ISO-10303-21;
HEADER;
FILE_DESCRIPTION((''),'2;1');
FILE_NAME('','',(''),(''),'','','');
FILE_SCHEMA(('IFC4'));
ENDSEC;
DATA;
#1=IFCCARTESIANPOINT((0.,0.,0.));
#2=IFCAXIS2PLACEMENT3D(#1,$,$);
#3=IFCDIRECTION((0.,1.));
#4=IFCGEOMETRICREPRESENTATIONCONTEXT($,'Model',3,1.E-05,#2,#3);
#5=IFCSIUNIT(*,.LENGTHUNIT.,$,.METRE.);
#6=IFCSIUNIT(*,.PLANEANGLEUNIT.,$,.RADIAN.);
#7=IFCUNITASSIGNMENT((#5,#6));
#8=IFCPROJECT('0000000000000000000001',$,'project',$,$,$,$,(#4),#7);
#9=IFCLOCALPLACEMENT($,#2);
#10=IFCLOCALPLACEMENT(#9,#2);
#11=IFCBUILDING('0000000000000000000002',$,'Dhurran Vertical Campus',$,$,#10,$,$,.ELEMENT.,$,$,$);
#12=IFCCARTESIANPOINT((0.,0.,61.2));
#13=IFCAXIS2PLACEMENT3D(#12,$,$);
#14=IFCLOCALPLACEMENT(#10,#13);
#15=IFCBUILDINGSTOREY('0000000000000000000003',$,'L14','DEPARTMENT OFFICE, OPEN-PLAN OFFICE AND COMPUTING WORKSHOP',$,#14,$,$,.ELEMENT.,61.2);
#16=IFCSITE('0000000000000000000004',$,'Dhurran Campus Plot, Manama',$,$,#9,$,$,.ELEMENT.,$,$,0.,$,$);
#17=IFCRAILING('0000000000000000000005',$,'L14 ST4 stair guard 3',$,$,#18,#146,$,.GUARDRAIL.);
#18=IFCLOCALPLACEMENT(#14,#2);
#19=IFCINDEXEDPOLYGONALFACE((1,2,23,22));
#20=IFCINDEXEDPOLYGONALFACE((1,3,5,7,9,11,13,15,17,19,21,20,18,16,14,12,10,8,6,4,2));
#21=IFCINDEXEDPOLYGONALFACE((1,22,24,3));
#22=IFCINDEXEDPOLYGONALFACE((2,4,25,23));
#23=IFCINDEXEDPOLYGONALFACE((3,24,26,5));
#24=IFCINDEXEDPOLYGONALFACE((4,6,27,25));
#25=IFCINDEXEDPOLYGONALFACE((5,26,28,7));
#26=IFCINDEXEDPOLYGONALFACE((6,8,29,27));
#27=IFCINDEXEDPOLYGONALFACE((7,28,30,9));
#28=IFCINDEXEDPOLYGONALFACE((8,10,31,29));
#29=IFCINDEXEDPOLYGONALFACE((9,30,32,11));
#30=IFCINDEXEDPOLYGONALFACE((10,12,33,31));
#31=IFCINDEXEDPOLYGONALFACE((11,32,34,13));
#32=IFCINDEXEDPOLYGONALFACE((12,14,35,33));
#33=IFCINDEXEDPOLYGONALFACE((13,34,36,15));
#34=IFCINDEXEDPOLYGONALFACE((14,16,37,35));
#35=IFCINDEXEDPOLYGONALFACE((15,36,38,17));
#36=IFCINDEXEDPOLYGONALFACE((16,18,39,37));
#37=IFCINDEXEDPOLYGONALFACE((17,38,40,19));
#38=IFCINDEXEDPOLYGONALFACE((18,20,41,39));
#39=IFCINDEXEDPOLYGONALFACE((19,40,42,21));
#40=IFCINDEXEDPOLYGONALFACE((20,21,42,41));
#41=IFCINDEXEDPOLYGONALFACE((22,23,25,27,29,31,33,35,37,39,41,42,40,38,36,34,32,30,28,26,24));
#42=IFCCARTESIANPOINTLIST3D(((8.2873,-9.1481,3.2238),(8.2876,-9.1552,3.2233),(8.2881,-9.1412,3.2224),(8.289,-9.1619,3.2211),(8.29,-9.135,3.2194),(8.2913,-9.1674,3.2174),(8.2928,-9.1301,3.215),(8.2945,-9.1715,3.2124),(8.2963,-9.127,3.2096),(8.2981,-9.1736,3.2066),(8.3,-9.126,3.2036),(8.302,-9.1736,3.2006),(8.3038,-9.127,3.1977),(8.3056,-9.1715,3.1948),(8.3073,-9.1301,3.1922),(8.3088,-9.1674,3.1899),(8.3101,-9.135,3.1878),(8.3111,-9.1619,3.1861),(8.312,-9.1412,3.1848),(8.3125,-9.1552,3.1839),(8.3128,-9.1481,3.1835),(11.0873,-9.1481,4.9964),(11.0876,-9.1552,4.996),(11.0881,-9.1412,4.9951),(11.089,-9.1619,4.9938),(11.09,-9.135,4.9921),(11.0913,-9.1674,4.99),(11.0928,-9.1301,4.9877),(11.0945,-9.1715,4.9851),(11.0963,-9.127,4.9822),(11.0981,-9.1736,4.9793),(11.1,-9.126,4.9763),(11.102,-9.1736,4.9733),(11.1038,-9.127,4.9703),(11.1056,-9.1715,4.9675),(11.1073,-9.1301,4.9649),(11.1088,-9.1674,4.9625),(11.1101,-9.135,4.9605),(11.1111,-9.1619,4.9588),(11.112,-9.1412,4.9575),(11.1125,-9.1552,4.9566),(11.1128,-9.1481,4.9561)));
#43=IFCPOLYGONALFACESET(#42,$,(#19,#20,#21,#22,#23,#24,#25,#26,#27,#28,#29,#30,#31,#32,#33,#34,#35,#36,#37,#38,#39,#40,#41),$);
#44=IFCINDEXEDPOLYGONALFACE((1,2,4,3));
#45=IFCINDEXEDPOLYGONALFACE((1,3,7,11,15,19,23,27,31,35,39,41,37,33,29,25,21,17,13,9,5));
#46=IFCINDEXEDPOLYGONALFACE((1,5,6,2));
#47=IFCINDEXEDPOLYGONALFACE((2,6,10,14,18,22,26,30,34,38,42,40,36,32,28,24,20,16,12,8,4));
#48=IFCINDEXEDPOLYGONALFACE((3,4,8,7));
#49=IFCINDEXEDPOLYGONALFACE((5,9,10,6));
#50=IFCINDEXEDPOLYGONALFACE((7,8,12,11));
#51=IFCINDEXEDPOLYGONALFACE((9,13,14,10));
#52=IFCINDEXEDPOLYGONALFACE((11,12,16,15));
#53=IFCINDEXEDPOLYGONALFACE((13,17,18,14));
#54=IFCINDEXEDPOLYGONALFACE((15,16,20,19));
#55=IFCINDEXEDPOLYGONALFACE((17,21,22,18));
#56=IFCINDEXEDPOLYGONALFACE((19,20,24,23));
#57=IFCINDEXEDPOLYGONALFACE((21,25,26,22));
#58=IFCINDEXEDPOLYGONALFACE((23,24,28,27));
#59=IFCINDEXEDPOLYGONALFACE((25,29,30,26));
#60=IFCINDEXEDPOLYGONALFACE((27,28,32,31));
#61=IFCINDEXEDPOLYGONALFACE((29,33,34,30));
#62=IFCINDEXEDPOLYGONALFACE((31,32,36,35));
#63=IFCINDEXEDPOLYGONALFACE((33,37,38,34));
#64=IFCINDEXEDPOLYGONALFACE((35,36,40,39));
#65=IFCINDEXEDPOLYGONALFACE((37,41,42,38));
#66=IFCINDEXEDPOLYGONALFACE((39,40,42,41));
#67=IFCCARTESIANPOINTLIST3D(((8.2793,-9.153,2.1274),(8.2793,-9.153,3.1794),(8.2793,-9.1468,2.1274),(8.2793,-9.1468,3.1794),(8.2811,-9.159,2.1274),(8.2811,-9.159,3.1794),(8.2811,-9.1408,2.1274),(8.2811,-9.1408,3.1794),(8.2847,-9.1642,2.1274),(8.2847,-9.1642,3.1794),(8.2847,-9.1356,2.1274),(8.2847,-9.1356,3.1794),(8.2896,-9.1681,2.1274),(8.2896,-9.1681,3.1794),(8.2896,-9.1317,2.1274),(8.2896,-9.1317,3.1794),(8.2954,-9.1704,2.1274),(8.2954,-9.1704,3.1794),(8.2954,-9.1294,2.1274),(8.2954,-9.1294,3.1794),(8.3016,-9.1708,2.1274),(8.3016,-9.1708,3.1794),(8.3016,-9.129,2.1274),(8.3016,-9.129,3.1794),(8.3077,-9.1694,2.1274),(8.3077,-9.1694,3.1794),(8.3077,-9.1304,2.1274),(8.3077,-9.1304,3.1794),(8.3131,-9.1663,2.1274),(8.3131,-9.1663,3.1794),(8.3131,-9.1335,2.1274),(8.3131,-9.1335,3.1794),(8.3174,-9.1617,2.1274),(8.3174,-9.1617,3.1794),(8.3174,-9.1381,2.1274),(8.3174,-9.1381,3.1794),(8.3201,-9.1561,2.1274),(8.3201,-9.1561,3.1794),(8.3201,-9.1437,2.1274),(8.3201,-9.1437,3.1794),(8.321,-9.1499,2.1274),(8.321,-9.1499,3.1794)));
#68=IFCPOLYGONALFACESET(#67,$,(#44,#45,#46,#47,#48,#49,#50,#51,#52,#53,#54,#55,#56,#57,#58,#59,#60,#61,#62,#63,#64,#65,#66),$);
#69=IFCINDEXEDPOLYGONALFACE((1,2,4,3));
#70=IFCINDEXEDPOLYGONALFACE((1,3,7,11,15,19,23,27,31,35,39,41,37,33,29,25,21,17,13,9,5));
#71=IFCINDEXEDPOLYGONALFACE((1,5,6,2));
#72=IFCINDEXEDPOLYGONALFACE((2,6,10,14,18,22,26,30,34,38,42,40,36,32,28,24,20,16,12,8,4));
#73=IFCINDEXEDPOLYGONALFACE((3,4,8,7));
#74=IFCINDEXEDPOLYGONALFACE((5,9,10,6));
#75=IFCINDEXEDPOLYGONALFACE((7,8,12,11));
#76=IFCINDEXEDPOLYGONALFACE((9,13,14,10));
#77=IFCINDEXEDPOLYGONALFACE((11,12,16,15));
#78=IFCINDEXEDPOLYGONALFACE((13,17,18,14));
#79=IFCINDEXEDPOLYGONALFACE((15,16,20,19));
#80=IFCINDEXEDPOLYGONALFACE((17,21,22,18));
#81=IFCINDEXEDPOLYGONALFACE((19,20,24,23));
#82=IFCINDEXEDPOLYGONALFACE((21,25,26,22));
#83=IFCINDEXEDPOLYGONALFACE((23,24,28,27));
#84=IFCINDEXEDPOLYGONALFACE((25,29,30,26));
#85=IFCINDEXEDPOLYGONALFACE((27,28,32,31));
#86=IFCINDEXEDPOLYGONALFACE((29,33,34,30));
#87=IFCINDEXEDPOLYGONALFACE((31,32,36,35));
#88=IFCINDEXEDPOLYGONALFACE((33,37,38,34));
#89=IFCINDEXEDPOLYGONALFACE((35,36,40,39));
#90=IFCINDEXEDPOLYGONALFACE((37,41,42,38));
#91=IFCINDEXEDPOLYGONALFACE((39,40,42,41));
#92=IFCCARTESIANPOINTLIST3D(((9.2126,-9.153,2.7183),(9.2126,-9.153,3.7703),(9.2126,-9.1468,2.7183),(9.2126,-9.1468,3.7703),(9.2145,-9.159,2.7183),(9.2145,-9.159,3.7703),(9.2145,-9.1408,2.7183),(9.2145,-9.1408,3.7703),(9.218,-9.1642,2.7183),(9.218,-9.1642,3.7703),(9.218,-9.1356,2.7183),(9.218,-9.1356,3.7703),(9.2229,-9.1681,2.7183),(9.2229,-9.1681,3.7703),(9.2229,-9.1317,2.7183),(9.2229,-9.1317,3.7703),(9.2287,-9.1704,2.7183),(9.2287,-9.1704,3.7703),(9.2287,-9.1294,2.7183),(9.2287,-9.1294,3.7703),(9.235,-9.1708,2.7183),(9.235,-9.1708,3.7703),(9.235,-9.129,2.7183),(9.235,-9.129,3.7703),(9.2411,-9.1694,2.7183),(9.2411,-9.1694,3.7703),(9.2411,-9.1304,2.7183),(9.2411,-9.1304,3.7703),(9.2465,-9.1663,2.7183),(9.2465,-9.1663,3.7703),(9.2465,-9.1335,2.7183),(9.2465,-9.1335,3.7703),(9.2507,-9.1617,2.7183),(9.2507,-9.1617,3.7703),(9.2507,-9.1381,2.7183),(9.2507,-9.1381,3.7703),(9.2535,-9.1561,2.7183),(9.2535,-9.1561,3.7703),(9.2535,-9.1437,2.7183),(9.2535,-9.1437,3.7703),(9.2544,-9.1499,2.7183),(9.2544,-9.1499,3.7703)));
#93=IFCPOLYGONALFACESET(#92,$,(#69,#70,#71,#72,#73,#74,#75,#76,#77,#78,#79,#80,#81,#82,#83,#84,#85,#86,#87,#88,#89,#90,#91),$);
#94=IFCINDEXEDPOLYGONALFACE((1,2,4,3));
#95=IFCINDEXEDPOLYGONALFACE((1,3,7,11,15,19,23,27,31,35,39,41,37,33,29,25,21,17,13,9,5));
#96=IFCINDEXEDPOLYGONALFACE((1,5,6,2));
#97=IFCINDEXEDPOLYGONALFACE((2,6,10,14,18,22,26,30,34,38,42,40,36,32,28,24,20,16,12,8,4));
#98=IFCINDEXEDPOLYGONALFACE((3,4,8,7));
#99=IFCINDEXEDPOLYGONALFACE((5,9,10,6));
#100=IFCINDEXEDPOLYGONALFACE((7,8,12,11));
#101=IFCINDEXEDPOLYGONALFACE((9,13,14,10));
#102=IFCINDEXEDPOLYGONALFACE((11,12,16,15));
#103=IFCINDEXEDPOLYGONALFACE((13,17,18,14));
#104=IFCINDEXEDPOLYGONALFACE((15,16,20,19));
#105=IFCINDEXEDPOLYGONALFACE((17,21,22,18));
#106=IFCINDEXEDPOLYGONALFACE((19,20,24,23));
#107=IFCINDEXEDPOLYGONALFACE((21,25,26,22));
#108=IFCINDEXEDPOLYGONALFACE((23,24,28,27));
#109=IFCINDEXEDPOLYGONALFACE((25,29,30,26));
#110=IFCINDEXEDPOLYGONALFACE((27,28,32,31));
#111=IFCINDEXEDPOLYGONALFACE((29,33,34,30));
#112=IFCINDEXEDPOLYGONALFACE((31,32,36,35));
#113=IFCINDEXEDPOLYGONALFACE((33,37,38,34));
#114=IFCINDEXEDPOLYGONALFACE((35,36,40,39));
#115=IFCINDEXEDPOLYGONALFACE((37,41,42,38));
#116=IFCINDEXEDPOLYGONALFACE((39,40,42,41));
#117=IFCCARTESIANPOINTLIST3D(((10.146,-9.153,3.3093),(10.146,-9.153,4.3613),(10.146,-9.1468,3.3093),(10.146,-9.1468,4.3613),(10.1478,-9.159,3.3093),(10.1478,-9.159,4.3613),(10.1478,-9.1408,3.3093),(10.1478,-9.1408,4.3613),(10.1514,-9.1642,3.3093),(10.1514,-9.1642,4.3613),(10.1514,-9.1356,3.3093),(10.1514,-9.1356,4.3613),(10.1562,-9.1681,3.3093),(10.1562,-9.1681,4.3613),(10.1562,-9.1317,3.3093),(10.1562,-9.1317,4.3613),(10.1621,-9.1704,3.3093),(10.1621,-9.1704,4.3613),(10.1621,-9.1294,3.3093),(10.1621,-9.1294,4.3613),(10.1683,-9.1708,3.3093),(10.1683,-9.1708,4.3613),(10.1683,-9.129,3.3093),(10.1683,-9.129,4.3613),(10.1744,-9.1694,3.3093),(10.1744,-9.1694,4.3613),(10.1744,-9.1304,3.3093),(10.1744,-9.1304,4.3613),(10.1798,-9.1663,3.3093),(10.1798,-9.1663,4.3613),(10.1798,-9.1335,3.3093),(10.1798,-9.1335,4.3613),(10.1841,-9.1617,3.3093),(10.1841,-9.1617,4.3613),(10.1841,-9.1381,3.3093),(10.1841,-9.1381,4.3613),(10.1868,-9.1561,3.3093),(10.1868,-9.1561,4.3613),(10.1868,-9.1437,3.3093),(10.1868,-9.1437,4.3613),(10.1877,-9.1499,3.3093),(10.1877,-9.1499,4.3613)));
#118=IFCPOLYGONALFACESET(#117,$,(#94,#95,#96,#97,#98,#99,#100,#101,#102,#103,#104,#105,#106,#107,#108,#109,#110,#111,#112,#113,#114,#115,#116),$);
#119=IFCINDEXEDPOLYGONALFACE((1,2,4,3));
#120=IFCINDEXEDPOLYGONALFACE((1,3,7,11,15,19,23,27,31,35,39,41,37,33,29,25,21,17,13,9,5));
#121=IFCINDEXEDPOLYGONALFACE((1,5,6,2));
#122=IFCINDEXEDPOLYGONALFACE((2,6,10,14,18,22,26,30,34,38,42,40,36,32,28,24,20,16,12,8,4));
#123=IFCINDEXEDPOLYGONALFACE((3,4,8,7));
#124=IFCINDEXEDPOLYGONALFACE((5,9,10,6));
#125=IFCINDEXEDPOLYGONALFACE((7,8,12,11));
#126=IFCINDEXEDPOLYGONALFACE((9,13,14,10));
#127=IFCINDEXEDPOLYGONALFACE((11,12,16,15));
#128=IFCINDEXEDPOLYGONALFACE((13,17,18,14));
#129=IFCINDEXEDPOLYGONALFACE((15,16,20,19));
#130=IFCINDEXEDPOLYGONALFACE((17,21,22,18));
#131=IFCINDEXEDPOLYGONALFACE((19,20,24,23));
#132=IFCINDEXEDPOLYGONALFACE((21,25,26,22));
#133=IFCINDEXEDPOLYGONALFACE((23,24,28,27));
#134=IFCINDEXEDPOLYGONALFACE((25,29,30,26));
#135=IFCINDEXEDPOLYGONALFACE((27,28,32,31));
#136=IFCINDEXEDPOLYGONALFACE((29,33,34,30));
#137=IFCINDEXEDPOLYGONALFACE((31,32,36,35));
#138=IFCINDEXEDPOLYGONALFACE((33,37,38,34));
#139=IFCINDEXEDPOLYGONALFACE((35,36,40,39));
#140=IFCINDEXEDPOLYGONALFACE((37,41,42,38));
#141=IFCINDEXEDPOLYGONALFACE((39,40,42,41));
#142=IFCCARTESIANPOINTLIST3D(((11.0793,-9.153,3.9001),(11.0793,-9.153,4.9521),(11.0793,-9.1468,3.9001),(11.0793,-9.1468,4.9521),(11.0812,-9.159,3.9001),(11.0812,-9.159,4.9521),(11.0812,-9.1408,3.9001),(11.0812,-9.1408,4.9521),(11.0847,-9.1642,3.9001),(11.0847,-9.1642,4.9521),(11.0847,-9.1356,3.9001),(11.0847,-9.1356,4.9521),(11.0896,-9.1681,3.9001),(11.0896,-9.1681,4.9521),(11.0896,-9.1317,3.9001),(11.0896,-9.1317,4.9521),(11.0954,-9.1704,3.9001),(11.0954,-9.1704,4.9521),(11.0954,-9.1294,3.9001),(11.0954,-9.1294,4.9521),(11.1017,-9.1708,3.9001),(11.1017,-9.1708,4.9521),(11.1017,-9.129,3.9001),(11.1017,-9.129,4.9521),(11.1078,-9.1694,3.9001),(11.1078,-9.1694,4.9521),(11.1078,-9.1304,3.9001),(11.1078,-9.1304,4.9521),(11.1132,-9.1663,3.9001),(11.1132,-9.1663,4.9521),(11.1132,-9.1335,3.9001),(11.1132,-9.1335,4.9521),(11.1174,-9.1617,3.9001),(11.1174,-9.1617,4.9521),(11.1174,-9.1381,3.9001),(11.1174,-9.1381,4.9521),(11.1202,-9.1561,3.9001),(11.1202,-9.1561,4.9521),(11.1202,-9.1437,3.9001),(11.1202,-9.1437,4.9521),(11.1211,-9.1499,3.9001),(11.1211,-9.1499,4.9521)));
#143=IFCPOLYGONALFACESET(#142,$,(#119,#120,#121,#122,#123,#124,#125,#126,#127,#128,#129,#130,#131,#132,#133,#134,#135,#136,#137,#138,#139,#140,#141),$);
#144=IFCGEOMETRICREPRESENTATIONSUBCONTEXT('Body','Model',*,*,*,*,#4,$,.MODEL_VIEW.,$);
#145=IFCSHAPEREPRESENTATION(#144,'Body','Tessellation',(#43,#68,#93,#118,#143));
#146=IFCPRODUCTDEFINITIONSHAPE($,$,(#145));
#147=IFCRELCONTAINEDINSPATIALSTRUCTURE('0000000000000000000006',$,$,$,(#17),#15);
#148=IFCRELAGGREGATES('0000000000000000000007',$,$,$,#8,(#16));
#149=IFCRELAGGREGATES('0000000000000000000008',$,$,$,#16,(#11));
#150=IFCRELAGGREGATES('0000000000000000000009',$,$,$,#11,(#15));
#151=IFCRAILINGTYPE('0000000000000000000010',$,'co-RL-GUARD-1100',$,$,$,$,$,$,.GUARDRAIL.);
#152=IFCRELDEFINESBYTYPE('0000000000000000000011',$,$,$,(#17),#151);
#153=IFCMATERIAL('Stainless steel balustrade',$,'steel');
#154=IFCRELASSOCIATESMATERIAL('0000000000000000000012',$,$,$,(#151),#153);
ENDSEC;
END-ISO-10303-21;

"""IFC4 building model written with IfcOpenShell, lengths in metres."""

from ifc_helpers import new_model, si_unit, direction, frame, origin, origin_2d, place, context, subcontext, project, spatial, circle, extrude, material, type_object, element, save


model = new_model("IFC4")

# Units and contexts
model_context = context("Model", 3, precision=1e-05, world=origin(), true_north=direction((0.0, 1.0)))
body_context = subcontext(model_context, "Body", "Model", "MODEL_VIEW")
ifc_project = project(units=[si_unit("LENGTHUNIT", "METRE"), si_unit("PLANEANGLEUNIT", "RADIAN")], contexts=[model_context])

# Site, building, storey
site_placement = place(None, origin())
site = spatial("IfcSite", under=ifc_project, at=site_placement, Name="Dhurran Campus Plot, Manama", CompositionType="ELEMENT", RefElevation=0.0)
building_placement = place(site_placement, origin())
building = spatial("IfcBuilding", under=site, at=building_placement, Name="Dhurran Vertical Campus", CompositionType="ELEMENT")
storey_placement = place(building_placement, frame((0.0, 0.0, 61.2)))
storey = spatial("IfcBuildingStorey", under=building, at=storey_placement, Name="L14", Description="DEPARTMENT OFFICE, OPEN-PLAN OFFICE AND COMPUTING WORKSHOP", CompositionType="ELEMENT", Elevation=61.2)

# Railing
ifc_material_1 = material(Name="Stainless steel balustrade", Category="steel")
railing_type_1 = type_object("IfcRailingType", Name="co-RL-GUARD-1100", PredefinedType="GUARDRAIL", material=ifc_material_1)
railing_1_placement = place(storey_placement, frame((8.3, -9.1499, 2.1274)))
element("IfcRailing", 1, at=railing_1_placement, inside=storey, type_object=railing_type_1, Name="L14 ST4 stair guard 3", PredefinedType="GUARDRAIL", context=body_context, shape_type="SweptSolid", body=[
    extrude(circle(Radius=0.0239, at=origin_2d()), frame((0.0, 0.0, 1.0762), z_axis=(0.844909, 0.0, 0.53491), x_axis=(0.0, 1.0, 0.0)), (0.0, 0.0, 1.0), 3.314),
    extrude(circle(Radius=0.021, at=origin_2d()), origin(), (0.0, 0.0, 1.0), 1.052),
    extrude(circle(Radius=0.021, at=origin_2d()), frame((0.9333, 0.0, 0.5908)), (0.0, 0.0, 1.0), 1.052),
    extrude(circle(Radius=0.021, at=origin_2d()), frame((1.8667, 0.0, 1.1819)), (0.0, 0.0, 1.0), 1.052),
    extrude(circle(Radius=0.021, at=origin_2d()), frame((2.8, 0.0, 1.7727)), (0.0, 0.0, 1.0), 1.052),
])

save(model, "model.ifc")
